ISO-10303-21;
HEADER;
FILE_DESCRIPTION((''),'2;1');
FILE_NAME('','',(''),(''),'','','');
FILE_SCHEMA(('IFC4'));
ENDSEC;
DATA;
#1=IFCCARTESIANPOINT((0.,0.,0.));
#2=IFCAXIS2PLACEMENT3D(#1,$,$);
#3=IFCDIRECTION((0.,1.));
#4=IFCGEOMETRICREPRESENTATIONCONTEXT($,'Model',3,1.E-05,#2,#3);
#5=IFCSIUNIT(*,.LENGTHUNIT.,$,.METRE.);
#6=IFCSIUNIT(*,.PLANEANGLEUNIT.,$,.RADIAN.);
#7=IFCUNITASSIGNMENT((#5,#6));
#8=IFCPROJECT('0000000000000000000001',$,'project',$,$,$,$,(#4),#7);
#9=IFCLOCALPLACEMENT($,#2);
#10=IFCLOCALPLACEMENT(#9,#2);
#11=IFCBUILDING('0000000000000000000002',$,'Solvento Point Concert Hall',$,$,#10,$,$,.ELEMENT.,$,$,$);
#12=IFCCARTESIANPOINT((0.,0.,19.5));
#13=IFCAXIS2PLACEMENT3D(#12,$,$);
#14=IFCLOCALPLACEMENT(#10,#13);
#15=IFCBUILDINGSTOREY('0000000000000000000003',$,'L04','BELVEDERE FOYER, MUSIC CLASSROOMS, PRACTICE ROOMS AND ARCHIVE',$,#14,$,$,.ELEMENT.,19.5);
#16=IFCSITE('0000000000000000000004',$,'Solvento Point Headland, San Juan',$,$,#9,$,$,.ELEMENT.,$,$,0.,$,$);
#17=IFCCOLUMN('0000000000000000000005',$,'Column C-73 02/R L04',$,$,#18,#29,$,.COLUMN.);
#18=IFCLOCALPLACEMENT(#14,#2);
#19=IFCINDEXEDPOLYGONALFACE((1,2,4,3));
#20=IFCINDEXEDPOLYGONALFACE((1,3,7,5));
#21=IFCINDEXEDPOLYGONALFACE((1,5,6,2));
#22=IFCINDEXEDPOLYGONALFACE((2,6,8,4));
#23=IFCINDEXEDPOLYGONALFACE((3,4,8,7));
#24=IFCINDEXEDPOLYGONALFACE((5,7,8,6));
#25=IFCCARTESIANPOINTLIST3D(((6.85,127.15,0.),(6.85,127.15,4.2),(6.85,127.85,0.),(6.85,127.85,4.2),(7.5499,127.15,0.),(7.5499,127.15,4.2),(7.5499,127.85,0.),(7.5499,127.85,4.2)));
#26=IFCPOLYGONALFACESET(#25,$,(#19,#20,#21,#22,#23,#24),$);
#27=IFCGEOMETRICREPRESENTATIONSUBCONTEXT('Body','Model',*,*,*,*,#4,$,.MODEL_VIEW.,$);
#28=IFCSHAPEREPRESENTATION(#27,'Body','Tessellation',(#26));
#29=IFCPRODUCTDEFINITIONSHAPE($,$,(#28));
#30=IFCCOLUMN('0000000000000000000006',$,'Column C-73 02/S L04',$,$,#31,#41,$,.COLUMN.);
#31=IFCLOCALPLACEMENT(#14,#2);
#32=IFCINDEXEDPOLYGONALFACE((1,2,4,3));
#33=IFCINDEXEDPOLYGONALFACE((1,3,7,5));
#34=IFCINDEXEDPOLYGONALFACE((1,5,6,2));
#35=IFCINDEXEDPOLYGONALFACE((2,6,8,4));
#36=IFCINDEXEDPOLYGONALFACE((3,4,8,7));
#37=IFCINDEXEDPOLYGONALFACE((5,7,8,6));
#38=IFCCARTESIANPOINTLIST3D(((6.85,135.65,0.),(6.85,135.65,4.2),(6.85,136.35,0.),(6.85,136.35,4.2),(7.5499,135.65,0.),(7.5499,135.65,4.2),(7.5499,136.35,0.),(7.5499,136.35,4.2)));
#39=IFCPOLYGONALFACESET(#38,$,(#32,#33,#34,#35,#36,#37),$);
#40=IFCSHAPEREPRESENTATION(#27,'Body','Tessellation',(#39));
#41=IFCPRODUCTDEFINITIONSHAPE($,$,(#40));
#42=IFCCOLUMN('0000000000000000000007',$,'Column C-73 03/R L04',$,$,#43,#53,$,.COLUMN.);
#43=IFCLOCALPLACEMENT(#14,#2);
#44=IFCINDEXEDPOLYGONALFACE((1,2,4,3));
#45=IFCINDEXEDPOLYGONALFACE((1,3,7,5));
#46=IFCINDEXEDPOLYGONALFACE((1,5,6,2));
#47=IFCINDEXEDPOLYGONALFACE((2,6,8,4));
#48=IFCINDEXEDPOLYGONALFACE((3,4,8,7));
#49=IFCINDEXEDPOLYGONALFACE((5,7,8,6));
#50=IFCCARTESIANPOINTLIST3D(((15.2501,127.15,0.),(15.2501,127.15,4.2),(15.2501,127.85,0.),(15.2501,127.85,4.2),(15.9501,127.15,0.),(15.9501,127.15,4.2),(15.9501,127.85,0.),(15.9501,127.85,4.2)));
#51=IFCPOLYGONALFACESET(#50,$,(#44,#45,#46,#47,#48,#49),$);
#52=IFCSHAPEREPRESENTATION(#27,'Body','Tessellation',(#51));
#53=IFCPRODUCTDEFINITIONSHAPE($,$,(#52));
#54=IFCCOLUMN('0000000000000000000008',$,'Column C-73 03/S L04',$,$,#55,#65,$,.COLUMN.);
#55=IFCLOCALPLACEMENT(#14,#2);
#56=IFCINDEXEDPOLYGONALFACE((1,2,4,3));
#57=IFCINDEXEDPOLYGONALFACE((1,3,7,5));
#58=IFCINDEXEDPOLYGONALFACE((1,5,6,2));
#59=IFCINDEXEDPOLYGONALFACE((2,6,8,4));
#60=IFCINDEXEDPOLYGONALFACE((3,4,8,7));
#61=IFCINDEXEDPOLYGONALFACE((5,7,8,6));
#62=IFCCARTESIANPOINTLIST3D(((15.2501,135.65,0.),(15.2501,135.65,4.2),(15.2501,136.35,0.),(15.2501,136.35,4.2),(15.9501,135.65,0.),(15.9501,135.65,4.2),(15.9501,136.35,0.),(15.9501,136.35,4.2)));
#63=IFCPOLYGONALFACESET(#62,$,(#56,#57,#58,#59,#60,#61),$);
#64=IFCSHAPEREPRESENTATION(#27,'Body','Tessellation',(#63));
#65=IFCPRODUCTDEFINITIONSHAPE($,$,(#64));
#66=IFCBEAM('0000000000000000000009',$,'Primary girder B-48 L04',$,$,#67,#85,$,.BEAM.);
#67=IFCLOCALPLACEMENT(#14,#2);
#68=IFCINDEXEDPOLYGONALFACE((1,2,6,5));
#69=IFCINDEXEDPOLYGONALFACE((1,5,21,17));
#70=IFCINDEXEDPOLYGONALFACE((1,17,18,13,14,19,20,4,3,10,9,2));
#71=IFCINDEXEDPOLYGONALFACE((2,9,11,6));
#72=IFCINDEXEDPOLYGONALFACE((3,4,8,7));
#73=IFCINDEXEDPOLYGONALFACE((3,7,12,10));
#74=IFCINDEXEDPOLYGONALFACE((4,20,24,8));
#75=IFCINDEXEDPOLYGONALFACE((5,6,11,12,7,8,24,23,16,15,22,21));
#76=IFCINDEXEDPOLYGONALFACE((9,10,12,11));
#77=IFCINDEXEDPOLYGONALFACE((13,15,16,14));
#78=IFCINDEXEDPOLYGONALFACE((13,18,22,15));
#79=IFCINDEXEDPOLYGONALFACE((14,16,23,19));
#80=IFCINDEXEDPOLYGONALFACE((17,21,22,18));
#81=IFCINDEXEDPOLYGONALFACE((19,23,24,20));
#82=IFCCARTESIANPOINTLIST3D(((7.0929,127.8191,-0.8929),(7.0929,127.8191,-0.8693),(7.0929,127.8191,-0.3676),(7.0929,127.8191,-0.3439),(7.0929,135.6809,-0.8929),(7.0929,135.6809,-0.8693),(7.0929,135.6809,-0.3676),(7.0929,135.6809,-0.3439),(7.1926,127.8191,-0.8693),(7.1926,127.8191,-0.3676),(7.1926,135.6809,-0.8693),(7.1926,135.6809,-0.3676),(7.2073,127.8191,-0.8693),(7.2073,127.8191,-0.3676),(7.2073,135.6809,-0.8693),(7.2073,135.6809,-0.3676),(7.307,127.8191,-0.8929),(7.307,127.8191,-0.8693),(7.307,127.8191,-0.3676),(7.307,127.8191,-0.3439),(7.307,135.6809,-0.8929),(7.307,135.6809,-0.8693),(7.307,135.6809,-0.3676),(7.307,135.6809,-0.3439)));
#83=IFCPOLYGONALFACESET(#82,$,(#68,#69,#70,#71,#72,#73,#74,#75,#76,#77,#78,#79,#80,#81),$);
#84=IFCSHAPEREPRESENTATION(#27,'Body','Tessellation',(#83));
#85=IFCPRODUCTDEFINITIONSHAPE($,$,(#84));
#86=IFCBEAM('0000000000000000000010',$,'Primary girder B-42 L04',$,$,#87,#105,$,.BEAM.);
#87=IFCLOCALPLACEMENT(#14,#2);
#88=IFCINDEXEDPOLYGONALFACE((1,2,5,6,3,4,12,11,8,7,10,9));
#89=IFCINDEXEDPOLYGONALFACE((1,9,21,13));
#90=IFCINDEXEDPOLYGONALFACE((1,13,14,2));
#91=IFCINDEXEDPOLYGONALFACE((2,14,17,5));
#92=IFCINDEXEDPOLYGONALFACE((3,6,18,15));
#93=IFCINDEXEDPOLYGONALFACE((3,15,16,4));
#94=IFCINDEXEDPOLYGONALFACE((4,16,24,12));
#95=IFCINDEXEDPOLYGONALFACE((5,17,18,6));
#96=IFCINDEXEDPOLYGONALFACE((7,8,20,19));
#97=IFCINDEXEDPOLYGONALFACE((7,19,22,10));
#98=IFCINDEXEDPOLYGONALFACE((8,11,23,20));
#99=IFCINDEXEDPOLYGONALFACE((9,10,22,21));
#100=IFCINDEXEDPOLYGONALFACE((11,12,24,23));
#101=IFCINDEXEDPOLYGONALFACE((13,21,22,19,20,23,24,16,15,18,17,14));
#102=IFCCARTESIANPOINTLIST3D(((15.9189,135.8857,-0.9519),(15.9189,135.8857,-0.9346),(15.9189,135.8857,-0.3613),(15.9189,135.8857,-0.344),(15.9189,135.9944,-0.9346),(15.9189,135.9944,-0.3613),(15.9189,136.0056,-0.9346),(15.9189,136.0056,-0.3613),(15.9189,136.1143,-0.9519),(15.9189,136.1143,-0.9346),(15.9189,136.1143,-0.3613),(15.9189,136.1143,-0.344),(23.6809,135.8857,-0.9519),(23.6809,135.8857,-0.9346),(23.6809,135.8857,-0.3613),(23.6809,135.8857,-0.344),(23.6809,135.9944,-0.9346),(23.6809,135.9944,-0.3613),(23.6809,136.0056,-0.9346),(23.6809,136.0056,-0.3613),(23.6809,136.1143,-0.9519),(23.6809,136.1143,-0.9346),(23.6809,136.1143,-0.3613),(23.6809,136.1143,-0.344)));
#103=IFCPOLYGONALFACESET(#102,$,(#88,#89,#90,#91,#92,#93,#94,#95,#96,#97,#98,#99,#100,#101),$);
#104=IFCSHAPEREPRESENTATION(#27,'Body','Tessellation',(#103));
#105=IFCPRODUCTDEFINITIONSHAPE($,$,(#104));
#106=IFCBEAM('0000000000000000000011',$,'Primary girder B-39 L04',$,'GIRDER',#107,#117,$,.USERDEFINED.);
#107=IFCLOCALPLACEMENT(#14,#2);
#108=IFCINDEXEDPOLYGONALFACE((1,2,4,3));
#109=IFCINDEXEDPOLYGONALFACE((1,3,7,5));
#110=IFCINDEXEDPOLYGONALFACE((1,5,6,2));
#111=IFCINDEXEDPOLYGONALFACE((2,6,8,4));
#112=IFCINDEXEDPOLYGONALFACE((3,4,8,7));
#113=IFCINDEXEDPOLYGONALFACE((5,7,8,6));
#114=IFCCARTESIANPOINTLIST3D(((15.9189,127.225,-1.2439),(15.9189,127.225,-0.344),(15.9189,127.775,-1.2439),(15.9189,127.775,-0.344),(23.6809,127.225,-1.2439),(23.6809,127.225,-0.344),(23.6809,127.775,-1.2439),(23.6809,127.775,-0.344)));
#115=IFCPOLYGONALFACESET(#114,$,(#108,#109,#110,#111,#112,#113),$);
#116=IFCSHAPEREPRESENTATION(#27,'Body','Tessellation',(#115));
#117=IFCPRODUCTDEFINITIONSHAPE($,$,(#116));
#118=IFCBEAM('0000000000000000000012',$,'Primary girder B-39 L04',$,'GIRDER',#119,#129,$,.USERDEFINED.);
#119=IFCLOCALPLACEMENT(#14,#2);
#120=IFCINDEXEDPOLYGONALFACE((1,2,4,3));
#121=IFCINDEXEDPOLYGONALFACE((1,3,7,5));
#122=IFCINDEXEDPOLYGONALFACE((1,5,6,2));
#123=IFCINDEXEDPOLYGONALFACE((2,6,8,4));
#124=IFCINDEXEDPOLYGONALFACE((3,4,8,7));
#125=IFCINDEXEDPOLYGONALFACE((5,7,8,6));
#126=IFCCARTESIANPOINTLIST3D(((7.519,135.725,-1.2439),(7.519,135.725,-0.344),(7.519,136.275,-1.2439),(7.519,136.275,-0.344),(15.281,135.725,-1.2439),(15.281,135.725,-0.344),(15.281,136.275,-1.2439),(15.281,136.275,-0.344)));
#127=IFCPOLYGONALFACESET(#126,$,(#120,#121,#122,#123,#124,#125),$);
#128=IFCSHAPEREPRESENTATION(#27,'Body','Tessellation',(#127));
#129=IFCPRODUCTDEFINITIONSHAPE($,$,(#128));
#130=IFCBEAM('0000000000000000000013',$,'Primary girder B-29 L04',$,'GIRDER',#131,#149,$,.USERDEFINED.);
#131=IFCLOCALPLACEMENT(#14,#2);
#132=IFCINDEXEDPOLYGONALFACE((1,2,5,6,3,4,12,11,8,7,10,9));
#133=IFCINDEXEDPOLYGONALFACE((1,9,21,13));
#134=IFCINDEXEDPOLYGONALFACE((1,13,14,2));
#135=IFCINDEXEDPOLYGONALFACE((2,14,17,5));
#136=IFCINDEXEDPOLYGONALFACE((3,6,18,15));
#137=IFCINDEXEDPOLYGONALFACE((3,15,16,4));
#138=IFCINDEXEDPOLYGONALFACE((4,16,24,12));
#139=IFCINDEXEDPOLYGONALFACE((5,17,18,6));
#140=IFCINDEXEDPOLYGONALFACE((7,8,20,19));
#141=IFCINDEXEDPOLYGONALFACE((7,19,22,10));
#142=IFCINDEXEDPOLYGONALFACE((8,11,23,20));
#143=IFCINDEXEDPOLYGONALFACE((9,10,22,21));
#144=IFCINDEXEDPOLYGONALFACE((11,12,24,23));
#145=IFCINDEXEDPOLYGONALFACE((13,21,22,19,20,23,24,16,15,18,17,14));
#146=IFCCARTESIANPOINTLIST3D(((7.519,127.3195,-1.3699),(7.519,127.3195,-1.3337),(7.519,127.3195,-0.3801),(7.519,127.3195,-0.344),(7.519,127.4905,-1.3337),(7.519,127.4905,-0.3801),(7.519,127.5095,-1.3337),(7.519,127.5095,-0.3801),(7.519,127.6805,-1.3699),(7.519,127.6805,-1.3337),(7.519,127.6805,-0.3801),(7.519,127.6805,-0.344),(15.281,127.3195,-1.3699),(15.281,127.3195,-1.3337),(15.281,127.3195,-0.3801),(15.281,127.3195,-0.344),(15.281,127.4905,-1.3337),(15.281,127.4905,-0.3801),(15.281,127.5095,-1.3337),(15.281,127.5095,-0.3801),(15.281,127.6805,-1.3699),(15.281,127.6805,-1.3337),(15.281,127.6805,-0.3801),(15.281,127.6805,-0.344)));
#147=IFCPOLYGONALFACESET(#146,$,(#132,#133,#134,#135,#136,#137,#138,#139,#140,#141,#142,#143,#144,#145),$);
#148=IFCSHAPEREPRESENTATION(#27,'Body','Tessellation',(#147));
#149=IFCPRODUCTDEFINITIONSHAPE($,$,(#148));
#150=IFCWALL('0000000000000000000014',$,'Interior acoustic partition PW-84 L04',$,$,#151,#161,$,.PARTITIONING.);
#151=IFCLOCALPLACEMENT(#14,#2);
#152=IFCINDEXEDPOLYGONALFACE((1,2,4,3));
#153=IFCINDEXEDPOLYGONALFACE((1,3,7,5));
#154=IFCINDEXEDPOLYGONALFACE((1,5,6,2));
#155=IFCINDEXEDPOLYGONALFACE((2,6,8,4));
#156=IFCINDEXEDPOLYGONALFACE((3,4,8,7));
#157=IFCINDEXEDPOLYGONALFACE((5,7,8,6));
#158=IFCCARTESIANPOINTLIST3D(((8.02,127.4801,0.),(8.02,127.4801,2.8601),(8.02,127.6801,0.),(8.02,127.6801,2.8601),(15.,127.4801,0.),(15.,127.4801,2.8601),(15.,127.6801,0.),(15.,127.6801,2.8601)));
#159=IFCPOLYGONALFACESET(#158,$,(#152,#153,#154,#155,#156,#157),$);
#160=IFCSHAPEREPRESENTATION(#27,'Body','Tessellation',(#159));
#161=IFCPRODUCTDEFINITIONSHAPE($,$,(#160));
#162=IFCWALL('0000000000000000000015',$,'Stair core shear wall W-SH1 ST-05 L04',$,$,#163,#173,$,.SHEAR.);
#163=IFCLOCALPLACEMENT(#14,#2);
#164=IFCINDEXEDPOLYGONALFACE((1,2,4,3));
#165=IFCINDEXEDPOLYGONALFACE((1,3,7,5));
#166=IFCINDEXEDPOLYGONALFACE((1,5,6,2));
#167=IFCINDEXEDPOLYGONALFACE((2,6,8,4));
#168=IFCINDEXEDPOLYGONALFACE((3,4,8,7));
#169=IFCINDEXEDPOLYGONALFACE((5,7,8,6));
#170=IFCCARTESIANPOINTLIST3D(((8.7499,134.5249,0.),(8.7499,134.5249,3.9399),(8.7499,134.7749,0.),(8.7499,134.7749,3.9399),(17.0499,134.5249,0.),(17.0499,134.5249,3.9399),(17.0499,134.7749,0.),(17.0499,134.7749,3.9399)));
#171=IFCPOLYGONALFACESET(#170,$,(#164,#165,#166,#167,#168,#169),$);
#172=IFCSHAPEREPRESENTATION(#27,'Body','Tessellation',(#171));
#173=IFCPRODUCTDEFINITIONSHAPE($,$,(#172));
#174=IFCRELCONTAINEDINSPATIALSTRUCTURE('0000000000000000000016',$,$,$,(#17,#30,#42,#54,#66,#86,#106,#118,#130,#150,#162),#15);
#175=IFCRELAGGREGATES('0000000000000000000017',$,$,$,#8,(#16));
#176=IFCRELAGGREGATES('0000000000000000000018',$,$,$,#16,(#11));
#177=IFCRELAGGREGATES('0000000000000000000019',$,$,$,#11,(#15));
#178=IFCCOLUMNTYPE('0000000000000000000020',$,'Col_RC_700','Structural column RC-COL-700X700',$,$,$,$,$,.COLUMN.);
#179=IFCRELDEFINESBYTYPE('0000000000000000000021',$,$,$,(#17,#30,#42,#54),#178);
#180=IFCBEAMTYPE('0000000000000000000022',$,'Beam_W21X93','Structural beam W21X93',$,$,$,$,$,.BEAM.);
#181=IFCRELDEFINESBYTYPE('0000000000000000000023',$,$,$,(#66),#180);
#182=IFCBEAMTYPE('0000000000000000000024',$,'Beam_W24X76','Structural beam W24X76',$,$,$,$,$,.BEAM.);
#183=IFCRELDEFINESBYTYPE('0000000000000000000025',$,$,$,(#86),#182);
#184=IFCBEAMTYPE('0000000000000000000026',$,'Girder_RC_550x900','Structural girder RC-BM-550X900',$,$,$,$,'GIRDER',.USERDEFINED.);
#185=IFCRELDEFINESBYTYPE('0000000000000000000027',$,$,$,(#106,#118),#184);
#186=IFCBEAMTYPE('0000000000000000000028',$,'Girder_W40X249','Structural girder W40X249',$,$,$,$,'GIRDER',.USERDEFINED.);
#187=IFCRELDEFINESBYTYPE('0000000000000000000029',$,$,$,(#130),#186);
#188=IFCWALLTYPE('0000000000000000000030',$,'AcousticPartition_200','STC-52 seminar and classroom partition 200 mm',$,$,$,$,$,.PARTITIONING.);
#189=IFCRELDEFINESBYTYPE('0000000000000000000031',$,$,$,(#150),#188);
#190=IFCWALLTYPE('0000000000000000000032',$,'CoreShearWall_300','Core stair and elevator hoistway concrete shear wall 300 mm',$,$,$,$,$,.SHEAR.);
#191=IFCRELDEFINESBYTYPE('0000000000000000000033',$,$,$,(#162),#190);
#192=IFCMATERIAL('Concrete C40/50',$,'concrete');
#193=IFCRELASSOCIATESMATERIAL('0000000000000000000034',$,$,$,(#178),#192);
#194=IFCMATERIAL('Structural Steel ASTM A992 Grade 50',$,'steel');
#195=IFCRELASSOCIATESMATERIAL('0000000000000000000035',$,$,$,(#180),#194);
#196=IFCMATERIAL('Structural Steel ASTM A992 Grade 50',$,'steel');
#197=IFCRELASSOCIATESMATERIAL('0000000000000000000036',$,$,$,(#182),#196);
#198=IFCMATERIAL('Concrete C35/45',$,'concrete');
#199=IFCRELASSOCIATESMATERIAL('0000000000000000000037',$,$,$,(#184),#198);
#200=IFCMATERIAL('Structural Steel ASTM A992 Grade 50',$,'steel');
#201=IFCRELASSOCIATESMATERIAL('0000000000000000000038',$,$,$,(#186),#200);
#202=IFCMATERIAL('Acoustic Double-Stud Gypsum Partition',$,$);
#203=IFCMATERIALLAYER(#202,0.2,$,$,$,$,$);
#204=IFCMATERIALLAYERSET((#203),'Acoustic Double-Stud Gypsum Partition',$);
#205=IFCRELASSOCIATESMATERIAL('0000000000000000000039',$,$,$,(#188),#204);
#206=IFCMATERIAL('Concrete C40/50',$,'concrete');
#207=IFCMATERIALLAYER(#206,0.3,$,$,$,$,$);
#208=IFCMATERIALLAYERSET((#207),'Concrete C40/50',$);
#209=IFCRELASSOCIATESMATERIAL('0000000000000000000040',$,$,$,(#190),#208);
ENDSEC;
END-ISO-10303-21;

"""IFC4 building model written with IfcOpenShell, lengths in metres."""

from ifc_helpers import new_model, si_unit, direction, frame, frame_2d, origin, origin_2d, place, context, subcontext, project, spatial, rectangle, i_section, extrude, material, layer, layer_set, material_profile, profile_set, type_object, element, save


model = new_model("IFC4")

# Units and contexts
model_context = context("Model", 3, precision=1e-05, world=origin(), true_north=direction((0.0, 1.0)))
body_context = subcontext(model_context, "Body", "Model", "MODEL_VIEW")
ifc_project = project(units=[si_unit("LENGTHUNIT", "METRE"), si_unit("PLANEANGLEUNIT", "RADIAN")], contexts=[model_context])

# Site, building, storey
site_placement = place(None, origin())
site = spatial("IfcSite", under=ifc_project, at=site_placement, Name="Solvento Point Headland, San Juan", CompositionType="ELEMENT", RefElevation=0.0)
building_placement = place(site_placement, origin())
building = spatial("IfcBuilding", under=site, at=building_placement, Name="Solvento Point Concert Hall", CompositionType="ELEMENT")
storey_placement = place(building_placement, frame((0.0, 0.0, 19.5)))
storey = spatial("IfcBuildingStorey", under=building, at=storey_placement, Name="L04", Description="BELVEDERE FOYER, MUSIC CLASSROOMS, PRACTICE ROOMS AND ARCHIVE", CompositionType="ELEMENT", Elevation=19.5)

# Columns
ifc_material_1 = material(Name="Concrete C40/50", Category="concrete")
ifc_material_profile_1 = material_profile(ifc_material_1, rectangle(XDim=0.7, YDim=0.7, at=origin_2d()), Name="RC-COL-700X700")
ifc_profile_set_1 = profile_set([ifc_material_profile_1], Name="Concrete C40/50")
column_type = type_object("IfcColumnType", Name="Col_RC_700", Description="Structural column RC-COL-700X700", PredefinedType="COLUMN", material=ifc_profile_set_1)
for number, where, z_axis, x_axis, name in (
    (1, (7.2, 127.5, 0.0), (0.0, 0.0, 1.0), (1.0, 0.0, 0.0), "Column C-73 02/R L04"),
    (2, (7.2, 136.0, 0.0), (0.0, 0.0, 1.0), (1.0, 0.0, 0.0), "Column C-73 02/S L04"),
    (3, (15.6001, 127.5, 0.0), (0.0, 0.0, 1.0), (1.0, 0.0, 0.0), "Column C-73 03/R L04"),
    (4, (15.6001, 136.0, 0.0), (0.0, 0.0, 1.0), (1.0, 0.0, 0.0), "Column C-73 03/S L04"),
):
    element("IfcColumn", number, at=place(storey_placement, frame(where, z_axis=z_axis, x_axis=x_axis)), inside=storey, type_object=column_type, Name=name, PredefinedType="COLUMN", context=body_context, shape_type="SweptSolid", body=[
        extrude(rectangle(XDim=0.7, YDim=0.7, at=origin_2d()), origin(), (0.0, 0.0, 1.0), 4.2),
    ])

# Beams
ifc_material_2 = material(Name="Structural Steel ASTM A992 Grade 50", Category="steel")
ifc_material_profile_2 = material_profile(ifc_material_2, i_section(OverallWidth=0.2141, OverallDepth=0.5491, WebThickness=0.0146, FlangeThickness=0.0237, at=origin_2d()), Name="W21X93")
ifc_profile_set_2 = profile_set([ifc_material_profile_2], Name="Structural Steel ASTM A992 Grade 50")
beam_type_1 = type_object("IfcBeamType", Name="Beam_W21X93", Description="Structural beam W21X93", PredefinedType="BEAM", material=ifc_profile_set_2)
beam_1_placement = place(storey_placement, frame((7.2, 127.8191, -0.6184), z_axis=(0.0, 1.0, 0.0), x_axis=(-1.0, 0.0, 0.0)))
element("IfcBeam", 5, at=beam_1_placement, inside=storey, type_object=beam_type_1, Name="Primary girder B-48 L04", PredefinedType="BEAM", context=body_context, shape_type="SweptSolid", body=[
    extrude(i_section(OverallWidth=0.2141, OverallDepth=0.5491, WebThickness=0.0146, FlangeThickness=0.0237, at=origin_2d()), origin(), (0.0, 0.0, 1.0), 7.8618),
])
ifc_material_3 = material(Name="Structural Steel ASTM A992 Grade 50", Category="steel")
ifc_material_profile_3 = material_profile(ifc_material_3, i_section(OverallWidth=0.2285, OverallDepth=0.6079, WebThickness=0.0112, FlangeThickness=0.0173, at=origin_2d()), Name="W24X76")
ifc_profile_set_3 = profile_set([ifc_material_profile_3], Name="Structural Steel ASTM A992 Grade 50")
beam_type_2 = type_object("IfcBeamType", Name="Beam_W24X76", Description="Structural beam W24X76", PredefinedType="BEAM", material=ifc_profile_set_3)
beam_2_placement = place(storey_placement, frame((15.9189, 136.0, -0.6479), z_axis=(1.0, 0.0, 0.0), x_axis=(0.0, 1.0, 0.0)))
element("IfcBeam", 6, at=beam_2_placement, inside=storey, type_object=beam_type_2, Name="Primary girder B-42 L04", PredefinedType="BEAM", context=body_context, shape_type="SweptSolid", body=[
    extrude(i_section(OverallWidth=0.2285, OverallDepth=0.6079, WebThickness=0.0112, FlangeThickness=0.0173, at=origin_2d()), origin(), (0.0, 0.0, 1.0), 7.762),
])
ifc_material_4 = material(Name="Concrete C35/45", Category="concrete")
ifc_material_profile_4 = material_profile(ifc_material_4, rectangle(XDim=0.55, YDim=0.8999, at=origin_2d()), Name="RC-BM-550X900")
ifc_profile_set_4 = profile_set([ifc_material_profile_4], Name="Concrete C35/45")
beam_type_3 = type_object("IfcBeamType", Name="Girder_RC_550x900", Description="Structural girder RC-BM-550X900", ElementType="GIRDER", PredefinedType="USERDEFINED", material=ifc_profile_set_4)
for number, where, z_axis, x_axis, name in (
    (7, (15.9189, 127.5, -0.7939), (1.0, 0.0, 0.0), (0.0, 1.0, 0.0), "Primary girder B-39 L04"),
    (8, (7.519, 136.0, -0.7939), (1.0, 0.0, 0.0), (0.0, 1.0, 0.0), "Primary girder B-39 L04"),
):
    element("IfcBeam", number, at=place(storey_placement, frame(where, z_axis=z_axis, x_axis=x_axis)), inside=storey, type_object=beam_type_3, Name=name, ObjectType="GIRDER", PredefinedType="USERDEFINED", context=body_context, shape_type="SweptSolid", body=[
        extrude(rectangle(XDim=0.55, YDim=0.8999, at=origin_2d()), origin(), (0.0, 0.0, 1.0), 7.762),
    ])
ifc_material_5 = material(Name="Structural Steel ASTM A992 Grade 50", Category="steel")
ifc_material_profile_5 = material_profile(ifc_material_5, i_section(OverallWidth=0.3611, OverallDepth=1.0259, WebThickness=0.019, FlangeThickness=0.0361, at=origin_2d()), Name="W40X249")
ifc_profile_set_5 = profile_set([ifc_material_profile_5], Name="Structural Steel ASTM A992 Grade 50")
beam_type_4 = type_object("IfcBeamType", Name="Girder_W40X249", Description="Structural girder W40X249", ElementType="GIRDER", PredefinedType="USERDEFINED", material=ifc_profile_set_5)
beam_3_placement = place(storey_placement, frame((7.519, 127.5, -0.8569), z_axis=(1.0, 0.0, 0.0), x_axis=(0.0, 1.0, 0.0)))
element("IfcBeam", 9, at=beam_3_placement, inside=storey, type_object=beam_type_4, Name="Primary girder B-29 L04", ObjectType="GIRDER", PredefinedType="USERDEFINED", context=body_context, shape_type="SweptSolid", body=[
    extrude(i_section(OverallWidth=0.3611, OverallDepth=1.0259, WebThickness=0.019, FlangeThickness=0.0361, at=origin_2d()), origin(), (0.0, 0.0, 1.0), 7.762),
])

# Walls
ifc_material_6 = material(Name="Acoustic Double-Stud Gypsum Partition")
ifc_layer_1 = layer(ifc_material_6, 0.2)
ifc_layer_set_1 = layer_set([ifc_layer_1], Name="Acoustic Double-Stud Gypsum Partition")
wall_type_1 = type_object("IfcWallType", Name="AcousticPartition_200", Description="STC-52 seminar and classroom partition 200 mm", PredefinedType="PARTITIONING", material=ifc_layer_set_1)
wall_1_placement = place(storey_placement, frame((8.02, 127.5801, 0.0), z_axis=(0.0, 0.0, 1.0), x_axis=(1.0, 0.0, 0.0)))
element("IfcWall", 10, at=wall_1_placement, inside=storey, type_object=wall_type_1, Name="Interior acoustic partition PW-84 L04", PredefinedType="PARTITIONING", context=body_context, shape_type="SweptSolid", body=[
    extrude(rectangle(XDim=6.98, YDim=0.2, at=frame_2d((3.49, 0.0))), origin(), (0.0, 0.0, 1.0), 2.8601),
])
ifc_material_7 = material(Name="Concrete C40/50", Category="concrete")
ifc_layer_2 = layer(ifc_material_7, 0.3)
ifc_layer_set_2 = layer_set([ifc_layer_2], Name="Concrete C40/50")
wall_type_2 = type_object("IfcWallType", Name="CoreShearWall_300", Description="Core stair and elevator hoistway concrete shear wall 300 mm", PredefinedType="SHEAR", material=ifc_layer_set_2)
wall_2_placement = place(storey_placement, frame((8.75, 134.6499, 0.0), z_axis=(0.0, 0.0, 1.0), x_axis=(1.0, 0.0, 0.0)))
element("IfcWall", 11, at=wall_2_placement, inside=storey, type_object=wall_type_2, Name="Stair core shear wall W-SH1 ST-05 L04", PredefinedType="SHEAR", context=body_context, shape_type="SweptSolid", body=[
    extrude(rectangle(XDim=8.3, YDim=0.25, at=frame_2d((4.1499, 0.0))), origin(), (0.0, 0.0, 1.0), 3.9399),
])

save(model, "model.ifc")
